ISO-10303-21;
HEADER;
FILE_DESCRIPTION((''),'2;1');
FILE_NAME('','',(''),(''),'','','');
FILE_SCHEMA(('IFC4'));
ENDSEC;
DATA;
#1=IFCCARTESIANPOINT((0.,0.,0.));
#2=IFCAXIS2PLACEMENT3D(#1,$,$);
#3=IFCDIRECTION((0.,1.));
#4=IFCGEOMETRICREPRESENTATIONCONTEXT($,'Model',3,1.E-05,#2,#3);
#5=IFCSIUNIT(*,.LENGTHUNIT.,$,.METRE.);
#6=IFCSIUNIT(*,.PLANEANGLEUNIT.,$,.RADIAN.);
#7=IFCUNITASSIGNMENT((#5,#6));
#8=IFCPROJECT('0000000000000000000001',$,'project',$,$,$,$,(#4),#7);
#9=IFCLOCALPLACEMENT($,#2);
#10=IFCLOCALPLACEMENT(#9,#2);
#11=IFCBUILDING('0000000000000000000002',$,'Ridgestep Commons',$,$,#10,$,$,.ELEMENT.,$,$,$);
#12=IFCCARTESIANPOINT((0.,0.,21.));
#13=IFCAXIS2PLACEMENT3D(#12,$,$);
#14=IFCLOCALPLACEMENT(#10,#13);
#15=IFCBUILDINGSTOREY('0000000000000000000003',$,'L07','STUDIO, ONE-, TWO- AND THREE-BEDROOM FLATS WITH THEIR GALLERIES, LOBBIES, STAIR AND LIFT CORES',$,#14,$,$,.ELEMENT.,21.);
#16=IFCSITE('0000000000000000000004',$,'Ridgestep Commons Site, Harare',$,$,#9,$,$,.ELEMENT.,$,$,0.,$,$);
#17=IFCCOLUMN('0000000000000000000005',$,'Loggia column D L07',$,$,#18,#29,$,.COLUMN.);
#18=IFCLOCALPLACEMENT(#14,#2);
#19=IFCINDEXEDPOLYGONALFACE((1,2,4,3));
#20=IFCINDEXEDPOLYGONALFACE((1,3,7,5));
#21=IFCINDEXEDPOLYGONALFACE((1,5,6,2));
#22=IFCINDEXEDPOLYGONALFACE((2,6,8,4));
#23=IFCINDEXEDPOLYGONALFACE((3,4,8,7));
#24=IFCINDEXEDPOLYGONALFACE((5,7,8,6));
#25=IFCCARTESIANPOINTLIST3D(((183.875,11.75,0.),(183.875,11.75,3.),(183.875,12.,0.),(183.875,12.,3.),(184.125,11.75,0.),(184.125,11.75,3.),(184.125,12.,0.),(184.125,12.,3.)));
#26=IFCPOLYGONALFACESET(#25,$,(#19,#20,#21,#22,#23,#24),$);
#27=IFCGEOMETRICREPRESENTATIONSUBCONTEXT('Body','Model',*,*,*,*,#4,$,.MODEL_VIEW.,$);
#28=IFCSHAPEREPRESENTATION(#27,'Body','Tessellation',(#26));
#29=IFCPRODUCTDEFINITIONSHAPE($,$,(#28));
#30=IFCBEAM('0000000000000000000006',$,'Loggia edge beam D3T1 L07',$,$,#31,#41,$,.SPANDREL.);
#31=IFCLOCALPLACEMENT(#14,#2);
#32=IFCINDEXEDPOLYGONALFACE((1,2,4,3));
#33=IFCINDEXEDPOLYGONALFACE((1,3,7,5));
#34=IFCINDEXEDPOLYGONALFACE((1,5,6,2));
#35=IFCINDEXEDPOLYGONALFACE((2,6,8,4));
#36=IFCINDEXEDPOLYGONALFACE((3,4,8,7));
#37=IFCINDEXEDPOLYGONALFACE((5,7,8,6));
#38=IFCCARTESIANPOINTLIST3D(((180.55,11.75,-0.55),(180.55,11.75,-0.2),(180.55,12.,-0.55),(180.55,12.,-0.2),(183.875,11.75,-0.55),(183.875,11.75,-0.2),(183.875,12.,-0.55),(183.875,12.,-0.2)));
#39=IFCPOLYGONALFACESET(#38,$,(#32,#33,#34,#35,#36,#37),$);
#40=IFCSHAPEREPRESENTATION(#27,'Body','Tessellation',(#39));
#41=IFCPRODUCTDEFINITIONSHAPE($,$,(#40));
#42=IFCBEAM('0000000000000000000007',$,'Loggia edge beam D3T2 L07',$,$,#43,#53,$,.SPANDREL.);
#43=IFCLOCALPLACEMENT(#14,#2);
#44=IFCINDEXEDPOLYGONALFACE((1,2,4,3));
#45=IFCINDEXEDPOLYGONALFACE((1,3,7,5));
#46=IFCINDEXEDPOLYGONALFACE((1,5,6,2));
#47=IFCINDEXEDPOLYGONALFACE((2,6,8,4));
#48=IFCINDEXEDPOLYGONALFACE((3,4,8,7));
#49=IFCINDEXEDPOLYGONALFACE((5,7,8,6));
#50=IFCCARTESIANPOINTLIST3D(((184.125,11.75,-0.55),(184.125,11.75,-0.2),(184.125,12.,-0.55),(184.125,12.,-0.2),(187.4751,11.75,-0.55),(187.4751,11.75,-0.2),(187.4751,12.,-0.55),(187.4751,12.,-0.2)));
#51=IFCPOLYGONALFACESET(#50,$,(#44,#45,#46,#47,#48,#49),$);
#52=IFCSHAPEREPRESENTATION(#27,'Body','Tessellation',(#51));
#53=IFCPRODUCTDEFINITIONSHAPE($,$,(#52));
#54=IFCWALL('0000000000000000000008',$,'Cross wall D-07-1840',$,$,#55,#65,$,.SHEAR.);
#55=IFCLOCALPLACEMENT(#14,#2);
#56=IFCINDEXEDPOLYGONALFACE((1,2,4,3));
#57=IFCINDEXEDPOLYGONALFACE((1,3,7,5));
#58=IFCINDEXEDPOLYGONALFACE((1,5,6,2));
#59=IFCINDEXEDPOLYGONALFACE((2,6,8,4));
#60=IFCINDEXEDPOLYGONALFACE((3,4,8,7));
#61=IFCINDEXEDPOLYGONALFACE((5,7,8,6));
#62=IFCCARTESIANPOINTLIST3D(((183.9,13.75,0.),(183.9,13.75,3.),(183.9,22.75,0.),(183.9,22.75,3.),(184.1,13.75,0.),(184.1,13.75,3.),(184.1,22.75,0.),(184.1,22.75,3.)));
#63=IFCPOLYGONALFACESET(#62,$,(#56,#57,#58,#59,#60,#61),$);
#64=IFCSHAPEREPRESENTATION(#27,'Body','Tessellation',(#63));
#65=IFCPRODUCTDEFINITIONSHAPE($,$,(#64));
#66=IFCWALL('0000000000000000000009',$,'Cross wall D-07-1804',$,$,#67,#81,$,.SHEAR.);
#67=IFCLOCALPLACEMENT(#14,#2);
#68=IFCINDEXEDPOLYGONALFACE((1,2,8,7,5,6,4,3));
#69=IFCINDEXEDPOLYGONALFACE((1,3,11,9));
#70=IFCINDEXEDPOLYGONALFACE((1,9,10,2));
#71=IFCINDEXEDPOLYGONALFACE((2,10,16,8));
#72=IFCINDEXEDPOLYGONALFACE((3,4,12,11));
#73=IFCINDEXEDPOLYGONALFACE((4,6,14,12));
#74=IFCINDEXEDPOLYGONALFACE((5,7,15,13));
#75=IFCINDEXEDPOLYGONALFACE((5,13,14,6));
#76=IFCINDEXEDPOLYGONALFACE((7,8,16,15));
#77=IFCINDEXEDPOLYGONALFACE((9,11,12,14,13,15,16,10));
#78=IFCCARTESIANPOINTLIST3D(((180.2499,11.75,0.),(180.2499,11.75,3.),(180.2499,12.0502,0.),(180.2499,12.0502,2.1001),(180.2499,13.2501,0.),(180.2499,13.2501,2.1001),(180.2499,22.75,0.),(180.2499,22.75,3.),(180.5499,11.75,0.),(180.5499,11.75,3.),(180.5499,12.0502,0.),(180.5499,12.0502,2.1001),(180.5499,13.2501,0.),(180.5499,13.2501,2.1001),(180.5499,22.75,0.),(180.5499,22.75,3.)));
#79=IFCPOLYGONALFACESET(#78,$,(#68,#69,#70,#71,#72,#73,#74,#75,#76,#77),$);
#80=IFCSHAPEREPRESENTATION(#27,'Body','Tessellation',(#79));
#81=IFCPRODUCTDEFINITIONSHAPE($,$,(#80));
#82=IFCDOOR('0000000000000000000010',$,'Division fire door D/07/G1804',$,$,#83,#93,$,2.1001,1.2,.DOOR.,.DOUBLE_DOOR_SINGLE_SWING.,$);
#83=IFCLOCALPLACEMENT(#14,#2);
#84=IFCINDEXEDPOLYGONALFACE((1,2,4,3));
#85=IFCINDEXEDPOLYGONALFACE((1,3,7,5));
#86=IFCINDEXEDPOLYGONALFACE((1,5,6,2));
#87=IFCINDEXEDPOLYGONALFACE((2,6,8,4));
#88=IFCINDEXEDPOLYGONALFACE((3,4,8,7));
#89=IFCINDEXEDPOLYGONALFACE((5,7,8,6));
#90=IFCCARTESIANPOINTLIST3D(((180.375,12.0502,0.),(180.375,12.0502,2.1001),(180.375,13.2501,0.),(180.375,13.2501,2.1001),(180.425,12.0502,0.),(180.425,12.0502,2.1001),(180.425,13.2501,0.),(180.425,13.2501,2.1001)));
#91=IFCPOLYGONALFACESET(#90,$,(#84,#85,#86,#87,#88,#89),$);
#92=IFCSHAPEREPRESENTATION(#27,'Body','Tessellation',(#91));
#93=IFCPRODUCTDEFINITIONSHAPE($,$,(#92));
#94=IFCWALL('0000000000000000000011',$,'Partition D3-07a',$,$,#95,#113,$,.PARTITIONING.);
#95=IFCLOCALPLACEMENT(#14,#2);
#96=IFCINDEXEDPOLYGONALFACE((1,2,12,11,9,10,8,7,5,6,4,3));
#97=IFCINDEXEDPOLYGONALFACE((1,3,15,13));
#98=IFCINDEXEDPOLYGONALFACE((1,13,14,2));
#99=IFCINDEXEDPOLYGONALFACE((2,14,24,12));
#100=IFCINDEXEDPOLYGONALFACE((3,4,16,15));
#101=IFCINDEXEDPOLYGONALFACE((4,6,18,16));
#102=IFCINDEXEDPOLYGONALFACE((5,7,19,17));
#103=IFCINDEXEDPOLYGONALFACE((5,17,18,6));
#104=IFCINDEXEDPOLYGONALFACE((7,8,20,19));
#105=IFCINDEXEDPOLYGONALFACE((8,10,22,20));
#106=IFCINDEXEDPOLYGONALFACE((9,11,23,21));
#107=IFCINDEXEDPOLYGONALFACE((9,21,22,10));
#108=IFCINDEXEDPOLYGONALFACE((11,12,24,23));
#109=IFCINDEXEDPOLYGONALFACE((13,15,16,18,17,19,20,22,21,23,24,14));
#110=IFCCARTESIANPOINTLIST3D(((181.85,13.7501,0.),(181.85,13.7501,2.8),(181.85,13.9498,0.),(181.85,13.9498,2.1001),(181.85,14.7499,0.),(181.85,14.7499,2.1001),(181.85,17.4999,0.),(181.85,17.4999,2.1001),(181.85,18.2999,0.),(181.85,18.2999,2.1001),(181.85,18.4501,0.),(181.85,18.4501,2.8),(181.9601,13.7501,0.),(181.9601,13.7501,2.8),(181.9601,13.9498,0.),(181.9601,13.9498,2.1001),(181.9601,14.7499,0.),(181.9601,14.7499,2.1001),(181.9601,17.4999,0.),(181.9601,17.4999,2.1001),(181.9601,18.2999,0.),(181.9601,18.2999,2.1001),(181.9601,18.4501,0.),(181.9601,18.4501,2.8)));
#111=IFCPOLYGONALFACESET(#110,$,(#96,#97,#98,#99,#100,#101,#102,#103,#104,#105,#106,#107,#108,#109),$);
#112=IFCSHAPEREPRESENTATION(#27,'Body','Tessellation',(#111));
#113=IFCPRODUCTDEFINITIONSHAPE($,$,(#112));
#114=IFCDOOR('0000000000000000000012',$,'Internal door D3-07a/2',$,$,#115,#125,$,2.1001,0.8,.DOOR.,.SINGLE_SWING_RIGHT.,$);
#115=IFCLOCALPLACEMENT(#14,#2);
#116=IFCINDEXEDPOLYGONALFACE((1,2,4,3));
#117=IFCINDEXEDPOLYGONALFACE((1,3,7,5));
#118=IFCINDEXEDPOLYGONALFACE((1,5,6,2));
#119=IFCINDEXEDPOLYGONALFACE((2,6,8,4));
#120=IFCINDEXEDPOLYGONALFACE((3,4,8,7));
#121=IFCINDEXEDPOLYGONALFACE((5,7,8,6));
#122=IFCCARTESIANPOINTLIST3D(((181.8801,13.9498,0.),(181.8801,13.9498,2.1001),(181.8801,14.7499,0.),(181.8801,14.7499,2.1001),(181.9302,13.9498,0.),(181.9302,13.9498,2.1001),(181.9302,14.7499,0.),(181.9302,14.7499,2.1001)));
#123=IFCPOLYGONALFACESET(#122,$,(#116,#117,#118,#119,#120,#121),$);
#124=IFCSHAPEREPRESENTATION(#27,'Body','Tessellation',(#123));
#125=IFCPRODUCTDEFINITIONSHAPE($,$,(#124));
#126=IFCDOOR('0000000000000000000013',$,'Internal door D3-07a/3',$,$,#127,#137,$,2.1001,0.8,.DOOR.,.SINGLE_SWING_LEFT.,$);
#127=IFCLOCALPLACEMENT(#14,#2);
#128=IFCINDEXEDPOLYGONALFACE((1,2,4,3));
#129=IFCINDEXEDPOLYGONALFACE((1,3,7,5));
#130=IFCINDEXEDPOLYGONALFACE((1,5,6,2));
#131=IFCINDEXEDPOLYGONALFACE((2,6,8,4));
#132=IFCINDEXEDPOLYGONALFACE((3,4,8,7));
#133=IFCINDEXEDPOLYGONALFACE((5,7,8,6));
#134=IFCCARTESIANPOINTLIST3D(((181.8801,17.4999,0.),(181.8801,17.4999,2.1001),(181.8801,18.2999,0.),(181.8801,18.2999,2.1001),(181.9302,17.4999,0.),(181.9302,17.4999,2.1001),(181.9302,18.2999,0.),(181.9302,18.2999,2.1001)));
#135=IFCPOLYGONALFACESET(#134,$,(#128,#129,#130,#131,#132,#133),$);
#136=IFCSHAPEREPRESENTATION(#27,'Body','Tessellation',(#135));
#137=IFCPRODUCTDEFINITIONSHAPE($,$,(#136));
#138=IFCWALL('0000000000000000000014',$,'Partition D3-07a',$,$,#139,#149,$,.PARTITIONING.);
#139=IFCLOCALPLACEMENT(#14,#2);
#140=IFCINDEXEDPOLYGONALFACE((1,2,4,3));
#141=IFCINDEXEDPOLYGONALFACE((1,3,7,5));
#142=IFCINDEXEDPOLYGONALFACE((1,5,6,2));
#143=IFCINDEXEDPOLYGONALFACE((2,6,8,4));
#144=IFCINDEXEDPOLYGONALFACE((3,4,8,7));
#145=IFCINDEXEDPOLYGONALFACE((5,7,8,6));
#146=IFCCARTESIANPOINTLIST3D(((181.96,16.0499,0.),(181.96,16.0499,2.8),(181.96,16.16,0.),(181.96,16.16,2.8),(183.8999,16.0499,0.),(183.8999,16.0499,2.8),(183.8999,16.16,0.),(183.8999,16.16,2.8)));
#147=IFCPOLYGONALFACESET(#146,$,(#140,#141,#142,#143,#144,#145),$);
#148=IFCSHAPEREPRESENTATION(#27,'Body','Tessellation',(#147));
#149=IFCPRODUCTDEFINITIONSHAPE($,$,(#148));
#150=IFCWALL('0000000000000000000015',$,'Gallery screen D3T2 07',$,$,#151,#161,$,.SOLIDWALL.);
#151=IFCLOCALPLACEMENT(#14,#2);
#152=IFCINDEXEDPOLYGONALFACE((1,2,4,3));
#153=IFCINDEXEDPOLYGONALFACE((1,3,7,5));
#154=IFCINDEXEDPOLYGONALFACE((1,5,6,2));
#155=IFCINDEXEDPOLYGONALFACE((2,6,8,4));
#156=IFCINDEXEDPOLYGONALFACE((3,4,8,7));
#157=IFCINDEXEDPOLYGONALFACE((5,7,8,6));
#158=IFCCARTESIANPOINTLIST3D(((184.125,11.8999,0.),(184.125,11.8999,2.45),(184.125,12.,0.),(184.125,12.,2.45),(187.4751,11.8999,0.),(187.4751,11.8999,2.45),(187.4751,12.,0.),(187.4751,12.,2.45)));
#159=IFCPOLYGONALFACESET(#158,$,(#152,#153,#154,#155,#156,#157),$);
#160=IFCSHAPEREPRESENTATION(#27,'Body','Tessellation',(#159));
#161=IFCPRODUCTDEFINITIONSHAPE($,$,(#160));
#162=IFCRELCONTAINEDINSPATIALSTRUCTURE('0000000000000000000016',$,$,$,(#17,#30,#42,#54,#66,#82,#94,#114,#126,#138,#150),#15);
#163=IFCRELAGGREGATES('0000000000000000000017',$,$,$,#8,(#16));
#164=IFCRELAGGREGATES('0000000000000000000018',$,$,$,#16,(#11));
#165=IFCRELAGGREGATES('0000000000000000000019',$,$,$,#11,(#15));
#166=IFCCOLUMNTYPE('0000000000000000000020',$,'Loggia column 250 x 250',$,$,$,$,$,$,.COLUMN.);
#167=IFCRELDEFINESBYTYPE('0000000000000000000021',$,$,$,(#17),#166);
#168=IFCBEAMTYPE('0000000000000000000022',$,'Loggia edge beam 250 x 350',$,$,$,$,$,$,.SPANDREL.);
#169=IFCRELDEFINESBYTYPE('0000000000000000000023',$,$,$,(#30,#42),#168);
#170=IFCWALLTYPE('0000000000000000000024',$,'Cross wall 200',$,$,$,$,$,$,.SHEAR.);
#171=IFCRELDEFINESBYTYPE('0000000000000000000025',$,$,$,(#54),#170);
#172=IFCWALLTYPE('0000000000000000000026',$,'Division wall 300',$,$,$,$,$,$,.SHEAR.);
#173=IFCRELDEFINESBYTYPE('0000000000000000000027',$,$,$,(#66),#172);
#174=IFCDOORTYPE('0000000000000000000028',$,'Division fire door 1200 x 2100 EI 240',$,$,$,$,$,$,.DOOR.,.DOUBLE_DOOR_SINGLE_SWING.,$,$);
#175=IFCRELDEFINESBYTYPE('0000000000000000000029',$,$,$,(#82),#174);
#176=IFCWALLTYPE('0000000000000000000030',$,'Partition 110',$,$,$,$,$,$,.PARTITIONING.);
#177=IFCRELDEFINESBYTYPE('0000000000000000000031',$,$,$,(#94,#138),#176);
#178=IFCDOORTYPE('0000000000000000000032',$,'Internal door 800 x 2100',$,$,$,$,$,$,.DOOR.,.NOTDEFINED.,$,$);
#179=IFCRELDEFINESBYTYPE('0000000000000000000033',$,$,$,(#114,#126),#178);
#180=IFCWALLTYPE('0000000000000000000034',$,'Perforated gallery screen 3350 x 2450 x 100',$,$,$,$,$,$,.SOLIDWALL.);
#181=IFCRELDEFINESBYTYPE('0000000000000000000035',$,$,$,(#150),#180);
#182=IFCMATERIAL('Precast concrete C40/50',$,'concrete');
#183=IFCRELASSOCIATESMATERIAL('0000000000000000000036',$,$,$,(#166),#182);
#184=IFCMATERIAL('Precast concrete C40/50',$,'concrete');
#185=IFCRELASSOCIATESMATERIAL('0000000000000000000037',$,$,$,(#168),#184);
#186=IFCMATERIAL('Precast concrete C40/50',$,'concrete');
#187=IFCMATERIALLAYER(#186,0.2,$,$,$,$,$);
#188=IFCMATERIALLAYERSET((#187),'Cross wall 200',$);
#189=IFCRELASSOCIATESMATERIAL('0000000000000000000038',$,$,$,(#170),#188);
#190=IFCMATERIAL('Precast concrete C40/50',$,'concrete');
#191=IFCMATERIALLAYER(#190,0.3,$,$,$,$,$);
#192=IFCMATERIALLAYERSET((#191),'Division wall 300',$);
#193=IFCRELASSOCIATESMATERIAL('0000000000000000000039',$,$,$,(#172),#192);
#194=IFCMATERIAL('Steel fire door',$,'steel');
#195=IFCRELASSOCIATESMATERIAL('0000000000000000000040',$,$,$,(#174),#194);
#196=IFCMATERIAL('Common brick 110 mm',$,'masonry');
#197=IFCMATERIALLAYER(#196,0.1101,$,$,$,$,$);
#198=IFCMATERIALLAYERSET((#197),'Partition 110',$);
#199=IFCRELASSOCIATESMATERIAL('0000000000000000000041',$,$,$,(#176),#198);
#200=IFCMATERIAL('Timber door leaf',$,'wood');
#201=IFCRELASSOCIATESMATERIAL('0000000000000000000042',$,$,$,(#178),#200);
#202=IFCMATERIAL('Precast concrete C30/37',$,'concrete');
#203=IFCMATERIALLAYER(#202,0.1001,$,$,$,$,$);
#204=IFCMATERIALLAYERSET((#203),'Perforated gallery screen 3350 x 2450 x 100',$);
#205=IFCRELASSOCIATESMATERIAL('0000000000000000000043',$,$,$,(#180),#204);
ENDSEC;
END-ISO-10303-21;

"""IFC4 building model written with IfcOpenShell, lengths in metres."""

from ifc_helpers import new_model, si_unit, direction, frame, frame_2d, origin, origin_2d, place, context, subcontext, project, spatial, rectangle, extrude, material, layer, layer_set, material_profile, profile_set, type_object, element, fill, save


model = new_model("IFC4")

# Units and contexts
model_context = context("Model", 3, precision=1e-05, world=origin(), true_north=direction((0.0, 1.0)))
body_context = subcontext(model_context, "Body", "Model", "MODEL_VIEW")
ifc_project = project(units=[si_unit("LENGTHUNIT", "METRE"), si_unit("PLANEANGLEUNIT", "RADIAN")], contexts=[model_context])

# Site, building, storey
site_placement = place(None, origin())
site = spatial("IfcSite", under=ifc_project, at=site_placement, Name="Ridgestep Commons Site, Harare", CompositionType="ELEMENT", RefElevation=0.0)
building_placement = place(site_placement, origin())
building = spatial("IfcBuilding", under=site, at=building_placement, Name="Ridgestep Commons", CompositionType="ELEMENT")
storey_placement = place(building_placement, frame((0.0, 0.0, 21.0)))
storey = spatial("IfcBuildingStorey", under=building, at=storey_placement, Name="L07", Description="STUDIO, ONE-, TWO- AND THREE-BEDROOM FLATS WITH THEIR GALLERIES, LOBBIES, STAIR AND LIFT CORES", CompositionType="ELEMENT", Elevation=21.0)

# Column
ifc_material_1 = material(Name="Precast concrete C40/50", Category="concrete")
ifc_material_profile_1 = material_profile(ifc_material_1, rectangle(XDim=0.25, YDim=0.25, at=origin_2d()), Name="PC 250x250")
ifc_profile_set_1 = profile_set([ifc_material_profile_1], Name="Precast concrete C40/50")
column_type = type_object("IfcColumnType", Name="Loggia column 250 x 250", PredefinedType="COLUMN", material=ifc_profile_set_1)
column_placement = place(storey_placement, frame((184.0, 11.875, 0.0), z_axis=(0.0, 0.0, 1.0), x_axis=(1.0, 0.0, 0.0)))
element("IfcColumn", 1, at=column_placement, inside=storey, type_object=column_type, Name="Loggia column D L07", PredefinedType="COLUMN", context=body_context, shape_type="SweptSolid", body=[
    extrude(rectangle(XDim=0.25, YDim=0.25, at=origin_2d()), origin(), (0.0, 0.0, 1.0), 3.0),
])

# Beams
ifc_material_2 = material(Name="Precast concrete C40/50", Category="concrete")
ifc_material_profile_2 = material_profile(ifc_material_2, rectangle(XDim=0.25, YDim=0.3501, at=origin_2d()), Name="PC 250x350")
ifc_profile_set_2 = profile_set([ifc_material_profile_2], Name="Precast concrete C40/50")
beam_type = type_object("IfcBeamType", Name="Loggia edge beam 250 x 350", PredefinedType="SPANDREL", material=ifc_profile_set_2)
beam_1_placement = place(storey_placement, frame((180.55, 11.875, -0.375), z_axis=(1.0, 0.0, 0.0), x_axis=(0.0, 1.0, 0.0)))
element("IfcBeam", 2, at=beam_1_placement, inside=storey, type_object=beam_type, Name="Loggia edge beam D3T1 L07", PredefinedType="SPANDREL", context=body_context, shape_type="SweptSolid", body=[
    extrude(rectangle(XDim=0.25, YDim=0.3501, at=origin_2d()), origin(), (0.0, 0.0, 1.0), 3.325),
])
beam_2_placement = place(storey_placement, frame((184.125, 11.875, -0.375), z_axis=(1.0, 0.0, 0.0), x_axis=(0.0, 1.0, 0.0)))
element("IfcBeam", 3, at=beam_2_placement, inside=storey, type_object=beam_type, Name="Loggia edge beam D3T2 L07", PredefinedType="SPANDREL", context=body_context, shape_type="SweptSolid", body=[
    extrude(rectangle(XDim=0.25, YDim=0.3501, at=origin_2d()), origin(), (0.0, 0.0, 1.0), 3.3501),
])

# Wall
ifc_material_3 = material(Name="Precast concrete C40/50", Category="concrete")
ifc_layer_1 = layer(ifc_material_3, 0.2)
ifc_layer_set_1 = layer_set([ifc_layer_1], Name="Cross wall 200")
wall_type_1 = type_object("IfcWallType", Name="Cross wall 200", PredefinedType="SHEAR", material=ifc_layer_set_1)
wall_1_placement = place(storey_placement, frame((184.0, 13.75, 0.0), z_axis=(0.0, 0.0, 1.0), x_axis=(0.0, 1.0, 0.0)))
element("IfcWall", 4, at=wall_1_placement, inside=storey, type_object=wall_type_1, Name="Cross wall D-07-1840", PredefinedType="SHEAR", context=body_context, shape_type="SweptSolid", body=[
    extrude(rectangle(XDim=9.0, YDim=0.2, at=frame_2d((4.5, 0.0))), origin(), (0.0, 0.0, 1.0), 3.0),
])

# Wall, opening, door
ifc_material_4 = material(Name="Precast concrete C40/50", Category="concrete")
ifc_layer_2 = layer(ifc_material_4, 0.3)
ifc_layer_set_2 = layer_set([ifc_layer_2], Name="Division wall 300")
wall_type_2 = type_object("IfcWallType", Name="Division wall 300", PredefinedType="SHEAR", material=ifc_layer_set_2)
wall_2_placement = place(storey_placement, frame((180.3999, 11.75, 0.0), z_axis=(0.0, 0.0, 1.0), x_axis=(0.0, 1.0, 0.0)))
wall_2 = element("IfcWall", 5, at=wall_2_placement, inside=storey, type_object=wall_type_2, Name="Cross wall D-07-1804", PredefinedType="SHEAR", context=body_context, shape_type="SweptSolid", body=[
    extrude(rectangle(XDim=11.0, YDim=0.3, at=frame_2d((5.5, 0.0))), origin(), (0.0, 0.0, 1.0), 3.0),
])
opening_1_placement = place(wall_2_placement, frame((0.3, 0.0, 0.0)))
opening_1 = element("IfcOpeningElement", 6, at=opening_1_placement, cuts=wall_2, PredefinedType="OPENING", context=body_context, shape_type="SweptSolid", body=[
    extrude(rectangle(XDim=1.2, YDim=2.1001, at=frame_2d((0.6001, 1.05))), frame((0.0, 0.1599, 0.0), z_axis=(0.0, -1.0, 0.0), x_axis=(1.0, 0.0, 0.0)), (0.0, 0.0, 1.0), 0.3201),
])
ifc_material_5 = material(Name="Steel fire door", Category="steel")
door_type_1 = type_object("IfcDoorType", Name="Division fire door 1200 x 2100 EI 240", OperationType="DOUBLE_DOOR_SINGLE_SWING", PredefinedType="DOOR", material=ifc_material_5)
door_1_placement = place(opening_1_placement, origin())
door_1 = element("IfcDoor", 7, at=door_1_placement, inside=storey, type_object=door_type_1, Name="Division fire door D/07/G1804", OperationType="DOUBLE_DOOR_SINGLE_SWING", OverallHeight=2.1001, OverallWidth=1.2, PredefinedType="DOOR", context=body_context, shape_type="SweptSolid", body=[
    extrude(rectangle(XDim=1.2, YDim=2.1001, at=frame_2d((0.6001, 1.05))), frame((0.0, 0.0249, 0.0), z_axis=(0.0, -1.0, 0.0), x_axis=(1.0, 0.0, 0.0)), (0.0, 0.0, 1.0), 0.05),
])
fill(opening_1, door_1)

# Wall, openings, doors
ifc_material_6 = material(Name="Common brick 110 mm", Category="masonry")
ifc_layer_3 = layer(ifc_material_6, 0.1101)
ifc_layer_set_3 = layer_set([ifc_layer_3], Name="Partition 110")
wall_type_3 = type_object("IfcWallType", Name="Partition 110", PredefinedType="PARTITIONING", material=ifc_layer_set_3)
wall_3_placement = place(storey_placement, frame((181.905, 13.75, 0.0), z_axis=(0.0, 0.0, 1.0), x_axis=(0.0, 1.0, 0.0)))
wall_3 = element("IfcWall", 8, at=wall_3_placement, inside=storey, type_object=wall_type_3, Name="Partition D3-07a", PredefinedType="PARTITIONING", context=body_context, shape_type="SweptSolid", body=[
    extrude(rectangle(XDim=4.7, YDim=0.1101, at=frame_2d((2.3501, 0.0))), origin(), (0.0, 0.0, 1.0), 2.8),
])
opening_2_placement = place(wall_3_placement, frame((0.2, 0.0, 0.0)))
opening_2 = element("IfcOpeningElement", 9, at=opening_2_placement, cuts=wall_3, PredefinedType="OPENING", context=body_context, shape_type="SweptSolid", body=[
    extrude(rectangle(XDim=0.8, YDim=2.1001, at=frame_2d((0.3999, 1.05))), frame((0.0, 0.0649, 0.0), z_axis=(0.0, -1.0, 0.0), x_axis=(1.0, 0.0, 0.0)), (0.0, 0.0, 1.0), 0.1301),
])
opening_3_placement = place(wall_3_placement, frame((3.75, 0.0, 0.0)))
opening_3 = element("IfcOpeningElement", 10, at=opening_3_placement, cuts=wall_3, PredefinedType="OPENING", context=body_context, shape_type="SweptSolid", body=[
    extrude(rectangle(XDim=0.8, YDim=2.1001, at=frame_2d((0.3999, 1.05))), frame((0.0, 0.0649, 0.0), z_axis=(0.0, -1.0, 0.0), x_axis=(1.0, 0.0, 0.0)), (0.0, 0.0, 1.0), 0.1301),
])
ifc_material_7 = material(Name="Timber door leaf", Category="wood")
door_type_2 = type_object("IfcDoorType", Name="Internal door 800 x 2100", OperationType="NOTDEFINED", PredefinedType="DOOR", material=ifc_material_7)
door_2_placement = place(opening_2_placement, origin())
door_2 = element("IfcDoor", 11, at=door_2_placement, inside=storey, type_object=door_type_2, Name="Internal door D3-07a/2", OperationType="SINGLE_SWING_RIGHT", OverallHeight=2.1001, OverallWidth=0.8, PredefinedType="DOOR", context=body_context, shape_type="SweptSolid", body=[
    extrude(rectangle(XDim=0.8, YDim=2.1001, at=frame_2d((0.3999, 1.05))), frame((0.0, 0.0249, 0.0), z_axis=(0.0, -1.0, 0.0), x_axis=(1.0, 0.0, 0.0)), (0.0, 0.0, 1.0), 0.05),
])
fill(opening_2, door_2)
door_3_placement = place(opening_3_placement, origin())
door_3 = element("IfcDoor", 12, at=door_3_placement, inside=storey, type_object=door_type_2, Name="Internal door D3-07a/3", OperationType="SINGLE_SWING_LEFT", OverallHeight=2.1001, OverallWidth=0.8, PredefinedType="DOOR", context=body_context, shape_type="SweptSolid", body=[
    extrude(rectangle(XDim=0.8, YDim=2.1001, at=frame_2d((0.3999, 1.05))), frame((0.0, 0.0249, 0.0), z_axis=(0.0, -1.0, 0.0), x_axis=(1.0, 0.0, 0.0)), (0.0, 0.0, 1.0), 0.05),
])
fill(opening_3, door_3)

# Walls
wall_4_placement = place(storey_placement, frame((181.96, 16.105, 0.0), z_axis=(0.0, 0.0, 1.0), x_axis=(1.0, 0.0, 0.0)))
element("IfcWall", 13, at=wall_4_placement, inside=storey, type_object=wall_type_3, Name="Partition D3-07a", PredefinedType="PARTITIONING", context=body_context, shape_type="SweptSolid", body=[
    extrude(rectangle(XDim=1.9399, YDim=0.1101, at=frame_2d((0.97, 0.0))), origin(), (0.0, 0.0, 1.0), 2.8),
])
ifc_material_8 = material(Name="Precast concrete C30/37", Category="concrete")
ifc_layer_4 = layer(ifc_material_8, 0.1001)
ifc_layer_set_4 = layer_set([ifc_layer_4], Name="Perforated gallery screen 3350 x 2450 x 100")
wall_type_4 = type_object("IfcWallType", Name="Perforated gallery screen 3350 x 2450 x 100", PredefinedType="SOLIDWALL", material=ifc_layer_set_4)
wall_5_placement = place(storey_placement, frame((184.125, 11.95, 0.0), z_axis=(0.0, 0.0, 1.0), x_axis=(1.0, 0.0, 0.0)))
element("IfcWall", 14, at=wall_5_placement, inside=storey, type_object=wall_type_4, Name="Gallery screen D3T2 07", PredefinedType="SOLIDWALL", context=body_context, shape_type="SweptSolid", body=[
    extrude(rectangle(XDim=3.3501, YDim=0.1001, at=frame_2d((1.675, 0.0))), origin(), (0.0, 0.0, 1.0), 2.45),
])

save(model, "model.ifc")
